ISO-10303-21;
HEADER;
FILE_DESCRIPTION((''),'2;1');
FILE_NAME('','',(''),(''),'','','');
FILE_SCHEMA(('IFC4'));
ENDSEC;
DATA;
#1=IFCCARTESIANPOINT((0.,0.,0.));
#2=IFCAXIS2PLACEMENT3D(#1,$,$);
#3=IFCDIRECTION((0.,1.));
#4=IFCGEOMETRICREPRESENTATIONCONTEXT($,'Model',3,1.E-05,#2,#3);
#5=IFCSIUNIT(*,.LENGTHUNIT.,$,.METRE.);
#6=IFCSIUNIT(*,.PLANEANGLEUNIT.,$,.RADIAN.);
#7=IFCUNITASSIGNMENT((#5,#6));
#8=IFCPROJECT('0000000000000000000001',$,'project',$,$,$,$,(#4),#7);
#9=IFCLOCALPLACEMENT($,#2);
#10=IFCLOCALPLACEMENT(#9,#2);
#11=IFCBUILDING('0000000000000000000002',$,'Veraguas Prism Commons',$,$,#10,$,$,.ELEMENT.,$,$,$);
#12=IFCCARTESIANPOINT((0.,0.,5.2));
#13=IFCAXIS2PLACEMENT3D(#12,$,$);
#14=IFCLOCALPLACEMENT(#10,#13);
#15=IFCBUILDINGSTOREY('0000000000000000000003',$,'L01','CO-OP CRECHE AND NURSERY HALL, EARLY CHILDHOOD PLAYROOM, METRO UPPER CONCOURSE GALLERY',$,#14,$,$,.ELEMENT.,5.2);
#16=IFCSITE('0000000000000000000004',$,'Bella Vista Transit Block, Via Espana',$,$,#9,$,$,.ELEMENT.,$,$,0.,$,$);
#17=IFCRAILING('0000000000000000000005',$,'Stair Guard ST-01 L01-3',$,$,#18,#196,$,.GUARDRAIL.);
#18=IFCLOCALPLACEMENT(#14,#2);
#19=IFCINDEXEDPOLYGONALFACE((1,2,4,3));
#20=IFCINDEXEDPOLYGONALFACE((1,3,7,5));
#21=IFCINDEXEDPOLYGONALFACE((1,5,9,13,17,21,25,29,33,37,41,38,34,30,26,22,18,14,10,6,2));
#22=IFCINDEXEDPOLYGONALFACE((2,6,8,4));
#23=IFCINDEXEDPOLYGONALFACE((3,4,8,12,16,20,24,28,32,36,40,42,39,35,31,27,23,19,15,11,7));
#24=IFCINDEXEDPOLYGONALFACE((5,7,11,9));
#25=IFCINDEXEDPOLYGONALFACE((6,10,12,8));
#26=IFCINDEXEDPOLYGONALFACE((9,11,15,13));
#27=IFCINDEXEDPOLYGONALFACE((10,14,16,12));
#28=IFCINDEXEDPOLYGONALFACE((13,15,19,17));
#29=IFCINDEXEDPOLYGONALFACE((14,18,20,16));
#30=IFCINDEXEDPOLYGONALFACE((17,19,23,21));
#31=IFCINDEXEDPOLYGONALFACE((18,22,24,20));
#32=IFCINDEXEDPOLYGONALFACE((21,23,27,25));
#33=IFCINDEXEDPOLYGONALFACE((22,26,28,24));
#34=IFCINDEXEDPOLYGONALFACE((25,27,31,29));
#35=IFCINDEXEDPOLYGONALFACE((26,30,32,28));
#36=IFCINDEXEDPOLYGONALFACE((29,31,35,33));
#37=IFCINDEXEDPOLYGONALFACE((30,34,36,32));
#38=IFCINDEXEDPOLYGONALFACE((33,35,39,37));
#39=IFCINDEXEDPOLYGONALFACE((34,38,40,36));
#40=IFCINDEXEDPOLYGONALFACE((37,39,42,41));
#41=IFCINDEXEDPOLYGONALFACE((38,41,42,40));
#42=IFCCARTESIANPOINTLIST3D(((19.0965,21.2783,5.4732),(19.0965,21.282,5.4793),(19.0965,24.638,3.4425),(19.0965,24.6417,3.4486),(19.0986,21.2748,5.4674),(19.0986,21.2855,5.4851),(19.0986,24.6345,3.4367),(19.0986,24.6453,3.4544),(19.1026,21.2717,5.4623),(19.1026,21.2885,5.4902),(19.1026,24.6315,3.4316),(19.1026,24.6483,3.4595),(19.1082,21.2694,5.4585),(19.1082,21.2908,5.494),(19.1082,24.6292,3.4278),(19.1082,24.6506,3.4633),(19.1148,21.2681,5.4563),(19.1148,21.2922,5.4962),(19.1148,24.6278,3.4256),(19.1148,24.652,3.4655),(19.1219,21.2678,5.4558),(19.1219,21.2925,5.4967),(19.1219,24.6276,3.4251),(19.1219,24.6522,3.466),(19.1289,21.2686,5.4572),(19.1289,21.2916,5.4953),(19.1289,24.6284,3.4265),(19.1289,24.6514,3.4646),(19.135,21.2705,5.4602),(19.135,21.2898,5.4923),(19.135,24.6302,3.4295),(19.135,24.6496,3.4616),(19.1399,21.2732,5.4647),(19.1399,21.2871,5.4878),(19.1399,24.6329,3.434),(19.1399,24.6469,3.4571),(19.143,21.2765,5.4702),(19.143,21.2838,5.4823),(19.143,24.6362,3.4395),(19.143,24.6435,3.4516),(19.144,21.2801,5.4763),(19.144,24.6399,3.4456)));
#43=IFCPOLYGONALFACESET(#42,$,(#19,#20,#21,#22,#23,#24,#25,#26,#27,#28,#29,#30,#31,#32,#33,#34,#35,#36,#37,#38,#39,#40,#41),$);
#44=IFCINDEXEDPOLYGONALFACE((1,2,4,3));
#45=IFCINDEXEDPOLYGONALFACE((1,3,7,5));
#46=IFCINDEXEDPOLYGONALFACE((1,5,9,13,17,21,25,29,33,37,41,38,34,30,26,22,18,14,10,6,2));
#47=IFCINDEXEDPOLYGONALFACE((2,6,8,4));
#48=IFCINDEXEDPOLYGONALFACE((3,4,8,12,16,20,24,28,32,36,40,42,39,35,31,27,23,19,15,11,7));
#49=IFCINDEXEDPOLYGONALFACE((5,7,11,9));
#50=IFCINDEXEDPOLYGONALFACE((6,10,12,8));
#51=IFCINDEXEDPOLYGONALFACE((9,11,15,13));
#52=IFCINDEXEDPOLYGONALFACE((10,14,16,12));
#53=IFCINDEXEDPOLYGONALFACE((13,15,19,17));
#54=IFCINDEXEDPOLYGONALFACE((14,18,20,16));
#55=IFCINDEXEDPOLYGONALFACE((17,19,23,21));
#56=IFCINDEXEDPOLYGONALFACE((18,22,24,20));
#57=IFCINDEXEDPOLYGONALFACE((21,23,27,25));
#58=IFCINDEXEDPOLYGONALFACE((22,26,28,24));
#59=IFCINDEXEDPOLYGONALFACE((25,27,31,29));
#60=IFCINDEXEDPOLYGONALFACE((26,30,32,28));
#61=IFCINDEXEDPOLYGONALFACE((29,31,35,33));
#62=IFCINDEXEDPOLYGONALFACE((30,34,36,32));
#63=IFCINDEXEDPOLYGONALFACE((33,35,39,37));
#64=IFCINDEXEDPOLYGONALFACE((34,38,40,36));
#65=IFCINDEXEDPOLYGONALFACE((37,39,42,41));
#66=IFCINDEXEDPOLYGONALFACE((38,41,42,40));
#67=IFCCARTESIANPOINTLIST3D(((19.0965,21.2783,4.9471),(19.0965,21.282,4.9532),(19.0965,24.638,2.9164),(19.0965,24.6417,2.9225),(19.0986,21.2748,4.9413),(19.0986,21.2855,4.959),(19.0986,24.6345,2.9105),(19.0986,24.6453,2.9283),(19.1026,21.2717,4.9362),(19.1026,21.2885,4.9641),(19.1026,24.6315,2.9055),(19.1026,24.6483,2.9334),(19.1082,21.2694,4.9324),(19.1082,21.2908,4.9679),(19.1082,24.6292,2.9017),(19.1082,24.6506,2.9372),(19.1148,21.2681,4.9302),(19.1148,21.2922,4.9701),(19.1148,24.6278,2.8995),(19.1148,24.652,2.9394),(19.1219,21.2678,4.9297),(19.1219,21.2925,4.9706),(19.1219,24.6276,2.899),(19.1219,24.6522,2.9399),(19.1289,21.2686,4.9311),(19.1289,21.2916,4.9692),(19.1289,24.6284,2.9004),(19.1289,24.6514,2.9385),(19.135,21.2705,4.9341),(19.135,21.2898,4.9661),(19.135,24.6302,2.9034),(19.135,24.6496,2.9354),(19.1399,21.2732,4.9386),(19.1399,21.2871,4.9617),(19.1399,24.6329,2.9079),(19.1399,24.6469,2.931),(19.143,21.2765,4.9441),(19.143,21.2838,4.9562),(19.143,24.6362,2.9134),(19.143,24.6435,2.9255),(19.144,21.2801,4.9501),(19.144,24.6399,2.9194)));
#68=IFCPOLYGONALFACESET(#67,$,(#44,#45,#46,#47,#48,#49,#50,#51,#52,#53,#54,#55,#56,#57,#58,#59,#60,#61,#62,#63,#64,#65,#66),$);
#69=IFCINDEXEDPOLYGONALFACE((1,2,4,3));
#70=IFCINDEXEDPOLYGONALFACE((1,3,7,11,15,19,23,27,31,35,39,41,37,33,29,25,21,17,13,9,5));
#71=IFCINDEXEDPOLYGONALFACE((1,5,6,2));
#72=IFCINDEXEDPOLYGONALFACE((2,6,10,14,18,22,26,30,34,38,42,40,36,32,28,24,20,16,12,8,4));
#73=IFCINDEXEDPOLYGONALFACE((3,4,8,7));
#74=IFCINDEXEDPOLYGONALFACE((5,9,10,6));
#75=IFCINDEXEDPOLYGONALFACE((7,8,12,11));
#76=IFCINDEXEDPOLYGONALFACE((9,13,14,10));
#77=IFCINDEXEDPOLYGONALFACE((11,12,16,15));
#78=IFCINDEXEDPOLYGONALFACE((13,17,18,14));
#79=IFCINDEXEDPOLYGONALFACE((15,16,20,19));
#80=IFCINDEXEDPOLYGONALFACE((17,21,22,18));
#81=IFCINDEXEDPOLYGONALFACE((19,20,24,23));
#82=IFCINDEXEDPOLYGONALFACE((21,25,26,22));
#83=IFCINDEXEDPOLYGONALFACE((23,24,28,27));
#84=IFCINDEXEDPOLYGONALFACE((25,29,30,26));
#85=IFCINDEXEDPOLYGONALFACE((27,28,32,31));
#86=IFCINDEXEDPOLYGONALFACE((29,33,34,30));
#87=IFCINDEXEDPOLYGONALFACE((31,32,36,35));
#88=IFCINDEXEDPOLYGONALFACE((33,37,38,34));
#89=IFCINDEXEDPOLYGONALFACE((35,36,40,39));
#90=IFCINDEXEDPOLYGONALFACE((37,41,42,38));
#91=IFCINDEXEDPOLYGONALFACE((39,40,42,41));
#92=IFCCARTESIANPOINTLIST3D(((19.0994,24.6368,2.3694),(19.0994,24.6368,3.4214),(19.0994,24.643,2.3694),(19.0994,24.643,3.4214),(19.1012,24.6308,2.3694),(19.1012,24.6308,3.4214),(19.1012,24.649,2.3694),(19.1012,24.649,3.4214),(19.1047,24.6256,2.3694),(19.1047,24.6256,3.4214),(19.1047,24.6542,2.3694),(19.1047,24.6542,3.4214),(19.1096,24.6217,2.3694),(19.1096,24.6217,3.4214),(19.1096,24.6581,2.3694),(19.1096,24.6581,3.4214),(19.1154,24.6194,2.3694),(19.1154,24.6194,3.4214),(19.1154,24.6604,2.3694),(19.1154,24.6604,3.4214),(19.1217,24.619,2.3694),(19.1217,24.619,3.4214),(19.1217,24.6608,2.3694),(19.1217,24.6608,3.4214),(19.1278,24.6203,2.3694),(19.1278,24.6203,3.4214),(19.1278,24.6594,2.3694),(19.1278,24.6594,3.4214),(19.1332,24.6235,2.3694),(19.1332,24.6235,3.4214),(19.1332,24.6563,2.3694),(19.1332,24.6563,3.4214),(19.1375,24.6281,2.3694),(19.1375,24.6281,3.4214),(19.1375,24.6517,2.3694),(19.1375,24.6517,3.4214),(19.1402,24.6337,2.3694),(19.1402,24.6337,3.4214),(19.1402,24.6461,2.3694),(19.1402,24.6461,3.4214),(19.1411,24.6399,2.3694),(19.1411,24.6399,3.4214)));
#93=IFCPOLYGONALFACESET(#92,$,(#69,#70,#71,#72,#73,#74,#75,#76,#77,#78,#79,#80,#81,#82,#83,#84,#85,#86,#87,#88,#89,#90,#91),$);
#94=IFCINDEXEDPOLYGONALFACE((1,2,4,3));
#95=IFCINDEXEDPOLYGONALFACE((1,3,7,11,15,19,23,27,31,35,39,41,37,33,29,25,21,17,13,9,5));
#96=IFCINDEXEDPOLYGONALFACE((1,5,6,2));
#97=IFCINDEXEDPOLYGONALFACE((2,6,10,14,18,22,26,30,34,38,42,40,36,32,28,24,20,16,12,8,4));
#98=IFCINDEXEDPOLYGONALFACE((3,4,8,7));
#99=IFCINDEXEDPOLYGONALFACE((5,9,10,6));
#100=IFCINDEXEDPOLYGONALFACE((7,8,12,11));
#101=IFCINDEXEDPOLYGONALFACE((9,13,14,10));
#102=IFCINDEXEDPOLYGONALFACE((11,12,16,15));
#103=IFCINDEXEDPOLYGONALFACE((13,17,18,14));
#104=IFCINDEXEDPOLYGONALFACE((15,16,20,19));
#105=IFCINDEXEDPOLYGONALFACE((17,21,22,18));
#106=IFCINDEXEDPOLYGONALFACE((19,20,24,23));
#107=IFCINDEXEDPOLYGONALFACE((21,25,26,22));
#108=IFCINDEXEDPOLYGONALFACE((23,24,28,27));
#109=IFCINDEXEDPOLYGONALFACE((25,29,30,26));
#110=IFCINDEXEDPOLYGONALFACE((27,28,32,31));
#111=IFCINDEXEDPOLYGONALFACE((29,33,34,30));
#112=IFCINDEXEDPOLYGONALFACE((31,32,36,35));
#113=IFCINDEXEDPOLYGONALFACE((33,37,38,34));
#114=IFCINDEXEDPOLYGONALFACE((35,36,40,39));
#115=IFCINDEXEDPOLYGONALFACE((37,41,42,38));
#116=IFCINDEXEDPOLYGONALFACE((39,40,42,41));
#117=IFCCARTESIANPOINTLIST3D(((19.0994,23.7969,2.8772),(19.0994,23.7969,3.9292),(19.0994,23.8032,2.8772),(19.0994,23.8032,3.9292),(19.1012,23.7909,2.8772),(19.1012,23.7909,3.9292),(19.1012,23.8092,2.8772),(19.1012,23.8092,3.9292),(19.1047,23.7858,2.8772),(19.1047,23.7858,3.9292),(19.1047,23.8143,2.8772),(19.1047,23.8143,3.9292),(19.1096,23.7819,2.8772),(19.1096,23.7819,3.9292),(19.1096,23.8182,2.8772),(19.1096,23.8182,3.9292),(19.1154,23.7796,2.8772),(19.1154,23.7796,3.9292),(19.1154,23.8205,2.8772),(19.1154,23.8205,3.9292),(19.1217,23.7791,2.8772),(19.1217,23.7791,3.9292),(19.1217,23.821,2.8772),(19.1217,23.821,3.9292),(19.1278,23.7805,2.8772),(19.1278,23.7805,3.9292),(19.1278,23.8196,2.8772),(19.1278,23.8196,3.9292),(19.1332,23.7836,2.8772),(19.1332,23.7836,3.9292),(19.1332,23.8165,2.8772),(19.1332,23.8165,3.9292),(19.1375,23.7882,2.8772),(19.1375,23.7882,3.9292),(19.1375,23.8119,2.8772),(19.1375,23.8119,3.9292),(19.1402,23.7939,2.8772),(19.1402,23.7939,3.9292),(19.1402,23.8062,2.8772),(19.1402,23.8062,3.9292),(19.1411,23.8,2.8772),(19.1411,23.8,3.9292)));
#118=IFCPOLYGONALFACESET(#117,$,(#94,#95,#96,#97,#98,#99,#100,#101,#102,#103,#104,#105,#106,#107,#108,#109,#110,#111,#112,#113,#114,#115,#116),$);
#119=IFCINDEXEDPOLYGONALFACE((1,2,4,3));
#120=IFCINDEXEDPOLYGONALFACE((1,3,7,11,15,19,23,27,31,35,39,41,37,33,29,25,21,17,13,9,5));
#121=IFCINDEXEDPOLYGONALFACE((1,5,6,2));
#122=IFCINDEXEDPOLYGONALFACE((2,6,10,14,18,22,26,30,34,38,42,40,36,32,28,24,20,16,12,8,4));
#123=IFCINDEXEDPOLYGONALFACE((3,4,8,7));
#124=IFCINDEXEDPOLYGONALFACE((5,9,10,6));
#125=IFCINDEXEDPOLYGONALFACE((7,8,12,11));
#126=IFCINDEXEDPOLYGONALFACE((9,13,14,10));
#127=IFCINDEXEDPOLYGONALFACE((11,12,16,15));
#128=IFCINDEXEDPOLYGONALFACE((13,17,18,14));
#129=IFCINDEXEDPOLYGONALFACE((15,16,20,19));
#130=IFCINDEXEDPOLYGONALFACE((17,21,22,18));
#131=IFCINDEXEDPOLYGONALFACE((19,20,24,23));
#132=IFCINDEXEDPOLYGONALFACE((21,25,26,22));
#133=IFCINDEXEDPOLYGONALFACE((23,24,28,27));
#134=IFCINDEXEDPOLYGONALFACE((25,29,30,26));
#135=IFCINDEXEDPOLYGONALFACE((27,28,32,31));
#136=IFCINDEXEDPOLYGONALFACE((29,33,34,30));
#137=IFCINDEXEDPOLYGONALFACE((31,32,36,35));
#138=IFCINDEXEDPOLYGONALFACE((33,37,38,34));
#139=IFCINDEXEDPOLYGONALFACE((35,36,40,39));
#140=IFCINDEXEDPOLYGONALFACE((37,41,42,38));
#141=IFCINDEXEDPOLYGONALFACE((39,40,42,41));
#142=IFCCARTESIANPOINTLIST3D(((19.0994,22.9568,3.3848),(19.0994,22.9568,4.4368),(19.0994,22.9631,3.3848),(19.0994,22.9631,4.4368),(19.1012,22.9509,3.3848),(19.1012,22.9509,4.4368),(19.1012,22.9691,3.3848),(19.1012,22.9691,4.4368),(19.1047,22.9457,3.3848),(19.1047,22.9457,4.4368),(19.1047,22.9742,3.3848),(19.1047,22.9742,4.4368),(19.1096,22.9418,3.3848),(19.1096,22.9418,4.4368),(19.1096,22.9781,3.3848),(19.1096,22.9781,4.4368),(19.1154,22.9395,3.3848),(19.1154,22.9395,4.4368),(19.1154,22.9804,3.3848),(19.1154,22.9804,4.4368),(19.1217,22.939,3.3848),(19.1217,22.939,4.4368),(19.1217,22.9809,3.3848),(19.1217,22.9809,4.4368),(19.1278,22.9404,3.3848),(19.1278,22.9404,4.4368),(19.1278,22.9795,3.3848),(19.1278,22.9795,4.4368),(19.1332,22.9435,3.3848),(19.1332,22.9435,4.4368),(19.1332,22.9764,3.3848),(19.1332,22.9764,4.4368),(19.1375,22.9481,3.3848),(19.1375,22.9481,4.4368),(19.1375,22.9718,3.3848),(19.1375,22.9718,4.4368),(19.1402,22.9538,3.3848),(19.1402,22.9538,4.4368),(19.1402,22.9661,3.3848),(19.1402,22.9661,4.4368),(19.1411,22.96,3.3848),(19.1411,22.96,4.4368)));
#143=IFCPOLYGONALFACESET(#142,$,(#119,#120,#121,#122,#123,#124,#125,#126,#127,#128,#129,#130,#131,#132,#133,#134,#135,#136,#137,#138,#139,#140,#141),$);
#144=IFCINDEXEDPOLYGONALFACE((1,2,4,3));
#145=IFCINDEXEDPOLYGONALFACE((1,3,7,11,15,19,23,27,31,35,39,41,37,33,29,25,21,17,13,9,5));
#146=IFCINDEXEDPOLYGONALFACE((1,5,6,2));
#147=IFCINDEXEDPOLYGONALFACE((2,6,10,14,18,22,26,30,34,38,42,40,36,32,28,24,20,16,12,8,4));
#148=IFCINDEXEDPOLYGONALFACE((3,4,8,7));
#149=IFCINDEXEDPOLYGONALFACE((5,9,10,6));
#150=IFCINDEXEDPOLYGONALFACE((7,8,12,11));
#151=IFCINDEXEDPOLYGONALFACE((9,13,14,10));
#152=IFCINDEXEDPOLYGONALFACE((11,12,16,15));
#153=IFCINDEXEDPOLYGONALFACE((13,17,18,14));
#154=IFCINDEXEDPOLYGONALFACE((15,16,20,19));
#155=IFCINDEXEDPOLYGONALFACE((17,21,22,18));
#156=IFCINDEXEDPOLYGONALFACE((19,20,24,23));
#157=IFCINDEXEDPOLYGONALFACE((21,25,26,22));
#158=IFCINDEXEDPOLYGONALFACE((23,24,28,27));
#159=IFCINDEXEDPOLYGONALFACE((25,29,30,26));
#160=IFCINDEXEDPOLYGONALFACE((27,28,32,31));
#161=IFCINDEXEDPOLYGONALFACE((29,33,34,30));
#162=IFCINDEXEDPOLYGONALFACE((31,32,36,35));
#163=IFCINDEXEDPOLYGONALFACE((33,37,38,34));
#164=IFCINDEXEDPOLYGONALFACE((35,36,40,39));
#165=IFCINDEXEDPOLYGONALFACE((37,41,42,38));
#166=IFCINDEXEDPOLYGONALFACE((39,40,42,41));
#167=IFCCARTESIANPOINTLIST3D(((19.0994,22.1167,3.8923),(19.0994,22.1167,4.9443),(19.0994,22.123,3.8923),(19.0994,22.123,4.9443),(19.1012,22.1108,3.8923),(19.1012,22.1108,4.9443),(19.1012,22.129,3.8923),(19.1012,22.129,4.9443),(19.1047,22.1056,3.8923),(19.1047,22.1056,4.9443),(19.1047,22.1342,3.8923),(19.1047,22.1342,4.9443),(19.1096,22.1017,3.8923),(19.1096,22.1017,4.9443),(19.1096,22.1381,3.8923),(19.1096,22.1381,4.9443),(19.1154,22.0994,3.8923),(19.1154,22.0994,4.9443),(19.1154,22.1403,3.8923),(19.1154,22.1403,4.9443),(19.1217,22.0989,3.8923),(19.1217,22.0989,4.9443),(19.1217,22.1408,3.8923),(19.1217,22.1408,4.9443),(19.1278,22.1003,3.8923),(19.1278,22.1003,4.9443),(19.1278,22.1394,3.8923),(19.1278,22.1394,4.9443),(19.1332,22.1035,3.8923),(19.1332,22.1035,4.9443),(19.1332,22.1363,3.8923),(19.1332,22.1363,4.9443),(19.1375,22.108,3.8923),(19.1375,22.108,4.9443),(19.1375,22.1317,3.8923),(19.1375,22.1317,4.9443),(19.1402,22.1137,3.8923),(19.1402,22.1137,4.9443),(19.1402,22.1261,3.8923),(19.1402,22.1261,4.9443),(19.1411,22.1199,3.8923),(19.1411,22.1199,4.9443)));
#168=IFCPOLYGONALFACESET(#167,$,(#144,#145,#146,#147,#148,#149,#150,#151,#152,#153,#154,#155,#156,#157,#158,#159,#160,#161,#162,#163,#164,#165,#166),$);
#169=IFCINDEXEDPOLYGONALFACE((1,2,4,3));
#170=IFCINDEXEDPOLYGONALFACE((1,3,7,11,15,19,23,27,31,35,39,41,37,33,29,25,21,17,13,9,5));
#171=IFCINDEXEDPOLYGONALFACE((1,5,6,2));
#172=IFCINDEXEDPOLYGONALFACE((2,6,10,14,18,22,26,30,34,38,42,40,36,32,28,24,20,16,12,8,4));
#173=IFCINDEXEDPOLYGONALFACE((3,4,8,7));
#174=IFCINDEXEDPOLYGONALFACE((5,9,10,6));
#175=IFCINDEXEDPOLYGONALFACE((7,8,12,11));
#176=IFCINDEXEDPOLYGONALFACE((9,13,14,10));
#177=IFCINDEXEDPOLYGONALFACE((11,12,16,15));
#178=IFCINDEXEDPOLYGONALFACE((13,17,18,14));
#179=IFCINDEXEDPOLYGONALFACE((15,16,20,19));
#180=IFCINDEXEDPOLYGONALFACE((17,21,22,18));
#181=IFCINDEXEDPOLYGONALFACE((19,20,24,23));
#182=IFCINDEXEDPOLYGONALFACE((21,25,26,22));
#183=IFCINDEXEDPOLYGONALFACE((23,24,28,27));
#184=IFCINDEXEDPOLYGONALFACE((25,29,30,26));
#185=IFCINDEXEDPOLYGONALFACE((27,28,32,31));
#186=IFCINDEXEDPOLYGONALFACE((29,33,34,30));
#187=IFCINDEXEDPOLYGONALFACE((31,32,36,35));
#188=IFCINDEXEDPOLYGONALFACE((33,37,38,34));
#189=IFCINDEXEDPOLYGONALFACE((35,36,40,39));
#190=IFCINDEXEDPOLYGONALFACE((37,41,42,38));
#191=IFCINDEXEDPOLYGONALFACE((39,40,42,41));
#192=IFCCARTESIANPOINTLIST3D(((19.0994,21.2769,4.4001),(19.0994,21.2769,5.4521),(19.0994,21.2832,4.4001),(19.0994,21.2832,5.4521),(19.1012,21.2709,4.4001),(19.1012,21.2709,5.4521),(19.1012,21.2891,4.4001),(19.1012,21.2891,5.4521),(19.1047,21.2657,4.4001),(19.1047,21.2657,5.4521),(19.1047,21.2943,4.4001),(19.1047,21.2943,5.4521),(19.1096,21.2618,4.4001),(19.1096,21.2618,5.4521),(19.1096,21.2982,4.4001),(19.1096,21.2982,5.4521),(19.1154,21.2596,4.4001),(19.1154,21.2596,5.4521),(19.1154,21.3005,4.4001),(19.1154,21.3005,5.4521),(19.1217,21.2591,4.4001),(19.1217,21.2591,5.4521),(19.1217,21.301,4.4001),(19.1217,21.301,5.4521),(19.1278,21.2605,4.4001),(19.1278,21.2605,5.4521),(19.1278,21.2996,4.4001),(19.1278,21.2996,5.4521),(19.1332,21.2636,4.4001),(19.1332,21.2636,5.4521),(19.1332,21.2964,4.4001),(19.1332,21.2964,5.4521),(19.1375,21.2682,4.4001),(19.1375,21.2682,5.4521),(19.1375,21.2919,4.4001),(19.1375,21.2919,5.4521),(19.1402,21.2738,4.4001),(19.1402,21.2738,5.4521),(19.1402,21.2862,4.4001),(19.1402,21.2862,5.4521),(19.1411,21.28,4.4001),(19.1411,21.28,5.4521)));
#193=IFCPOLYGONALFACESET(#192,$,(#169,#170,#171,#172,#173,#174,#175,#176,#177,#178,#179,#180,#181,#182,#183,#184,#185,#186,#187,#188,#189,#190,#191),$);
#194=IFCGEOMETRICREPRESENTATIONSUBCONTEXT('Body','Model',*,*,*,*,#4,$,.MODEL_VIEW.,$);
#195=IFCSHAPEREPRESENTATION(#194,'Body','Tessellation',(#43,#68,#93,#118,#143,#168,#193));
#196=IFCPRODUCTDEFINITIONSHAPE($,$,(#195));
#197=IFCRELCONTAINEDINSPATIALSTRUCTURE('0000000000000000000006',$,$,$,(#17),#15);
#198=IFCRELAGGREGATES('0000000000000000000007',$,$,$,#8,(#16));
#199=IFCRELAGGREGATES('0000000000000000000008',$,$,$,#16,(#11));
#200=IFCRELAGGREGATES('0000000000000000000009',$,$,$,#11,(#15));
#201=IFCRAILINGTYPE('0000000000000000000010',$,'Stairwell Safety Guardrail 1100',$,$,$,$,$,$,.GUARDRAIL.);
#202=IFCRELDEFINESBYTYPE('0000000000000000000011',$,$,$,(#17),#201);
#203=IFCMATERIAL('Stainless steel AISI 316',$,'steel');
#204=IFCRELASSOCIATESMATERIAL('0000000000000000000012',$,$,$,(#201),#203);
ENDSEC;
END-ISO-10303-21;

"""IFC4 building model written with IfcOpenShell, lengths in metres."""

from ifc_helpers import new_model, si_unit, direction, frame, origin, origin_2d, place, context, subcontext, project, spatial, circle, extrude, material, type_object, element, save


model = new_model("IFC4")

# Units and contexts
model_context = context("Model", 3, precision=1e-05, world=origin(), true_north=direction((0.0, 1.0)))
body_context = subcontext(model_context, "Body", "Model", "MODEL_VIEW")
ifc_project = project(units=[si_unit("LENGTHUNIT", "METRE"), si_unit("PLANEANGLEUNIT", "RADIAN")], contexts=[model_context])

# Site, building, storey
site_placement = place(None, origin())
site = spatial("IfcSite", under=ifc_project, at=site_placement, Name="Bella Vista Transit Block, Via Espana", CompositionType="ELEMENT", RefElevation=0.0)
building_placement = place(site_placement, origin())
building = spatial("IfcBuilding", under=site, at=building_placement, Name="Veraguas Prism Commons", CompositionType="ELEMENT")
storey_placement = place(building_placement, frame((0.0, 0.0, 5.2)))
storey = spatial("IfcBuildingStorey", under=building, at=storey_placement, Name="L01", Description="CO-OP CRECHE AND NURSERY HALL, EARLY CHILDHOOD PLAYROOM, METRO UPPER CONCOURSE GALLERY", CompositionType="ELEMENT", Elevation=5.2)

# Railing
ifc_material_1 = material(Name="Stainless steel AISI 316", Category="steel")
railing_type_1 = type_object("IfcRailingType", Name="Stairwell Safety Guardrail 1100", PredefinedType="GUARDRAIL", material=ifc_material_1)
railing_1_placement = place(storey_placement, frame((19.1201, 24.6399, 2.3694)))
element("IfcRailing", 1, at=railing_1_placement, inside=storey, type_object=railing_type_1, Name="Stair Guard ST-01 L01-3", PredefinedType="GUARDRAIL", context=body_context, shape_type="SweptSolid", body=[
    extrude(circle(Radius=0.0239, at=origin_2d()), frame((0.0, 0.0, 1.0762), z_axis=(0.0, -0.85582, 0.517273), x_axis=(1.0, 0.0, 0.0)), (0.0, 0.0, 1.0), 3.9258),
    extrude(circle(Radius=0.0239, at=origin_2d()), frame((0.0, 0.0, 0.55), z_axis=(0.0, -0.85582, 0.517273), x_axis=(1.0, 0.0, 0.0)), (0.0, 0.0, 1.0), 3.9258),
    extrude(circle(Radius=0.021, at=origin_2d()), origin(), (0.0, 0.0, 1.0), 1.052),
    extrude(circle(Radius=0.021, at=origin_2d()), frame((0.0, -0.8398, 0.5078)), (0.0, 0.0, 1.0), 1.052),
    extrude(circle(Radius=0.021, at=origin_2d()), frame((0.0, -1.6799, 1.0154)), (0.0, 0.0, 1.0), 1.052),
    extrude(circle(Radius=0.021, at=origin_2d()), frame((0.0, -2.52, 1.5229)), (0.0, 0.0, 1.0), 1.052),
    extrude(circle(Radius=0.021, at=origin_2d()), frame((0.0, -3.3599, 2.0308)), (0.0, 0.0, 1.0), 1.052),
])

save(model, "model.ifc")
